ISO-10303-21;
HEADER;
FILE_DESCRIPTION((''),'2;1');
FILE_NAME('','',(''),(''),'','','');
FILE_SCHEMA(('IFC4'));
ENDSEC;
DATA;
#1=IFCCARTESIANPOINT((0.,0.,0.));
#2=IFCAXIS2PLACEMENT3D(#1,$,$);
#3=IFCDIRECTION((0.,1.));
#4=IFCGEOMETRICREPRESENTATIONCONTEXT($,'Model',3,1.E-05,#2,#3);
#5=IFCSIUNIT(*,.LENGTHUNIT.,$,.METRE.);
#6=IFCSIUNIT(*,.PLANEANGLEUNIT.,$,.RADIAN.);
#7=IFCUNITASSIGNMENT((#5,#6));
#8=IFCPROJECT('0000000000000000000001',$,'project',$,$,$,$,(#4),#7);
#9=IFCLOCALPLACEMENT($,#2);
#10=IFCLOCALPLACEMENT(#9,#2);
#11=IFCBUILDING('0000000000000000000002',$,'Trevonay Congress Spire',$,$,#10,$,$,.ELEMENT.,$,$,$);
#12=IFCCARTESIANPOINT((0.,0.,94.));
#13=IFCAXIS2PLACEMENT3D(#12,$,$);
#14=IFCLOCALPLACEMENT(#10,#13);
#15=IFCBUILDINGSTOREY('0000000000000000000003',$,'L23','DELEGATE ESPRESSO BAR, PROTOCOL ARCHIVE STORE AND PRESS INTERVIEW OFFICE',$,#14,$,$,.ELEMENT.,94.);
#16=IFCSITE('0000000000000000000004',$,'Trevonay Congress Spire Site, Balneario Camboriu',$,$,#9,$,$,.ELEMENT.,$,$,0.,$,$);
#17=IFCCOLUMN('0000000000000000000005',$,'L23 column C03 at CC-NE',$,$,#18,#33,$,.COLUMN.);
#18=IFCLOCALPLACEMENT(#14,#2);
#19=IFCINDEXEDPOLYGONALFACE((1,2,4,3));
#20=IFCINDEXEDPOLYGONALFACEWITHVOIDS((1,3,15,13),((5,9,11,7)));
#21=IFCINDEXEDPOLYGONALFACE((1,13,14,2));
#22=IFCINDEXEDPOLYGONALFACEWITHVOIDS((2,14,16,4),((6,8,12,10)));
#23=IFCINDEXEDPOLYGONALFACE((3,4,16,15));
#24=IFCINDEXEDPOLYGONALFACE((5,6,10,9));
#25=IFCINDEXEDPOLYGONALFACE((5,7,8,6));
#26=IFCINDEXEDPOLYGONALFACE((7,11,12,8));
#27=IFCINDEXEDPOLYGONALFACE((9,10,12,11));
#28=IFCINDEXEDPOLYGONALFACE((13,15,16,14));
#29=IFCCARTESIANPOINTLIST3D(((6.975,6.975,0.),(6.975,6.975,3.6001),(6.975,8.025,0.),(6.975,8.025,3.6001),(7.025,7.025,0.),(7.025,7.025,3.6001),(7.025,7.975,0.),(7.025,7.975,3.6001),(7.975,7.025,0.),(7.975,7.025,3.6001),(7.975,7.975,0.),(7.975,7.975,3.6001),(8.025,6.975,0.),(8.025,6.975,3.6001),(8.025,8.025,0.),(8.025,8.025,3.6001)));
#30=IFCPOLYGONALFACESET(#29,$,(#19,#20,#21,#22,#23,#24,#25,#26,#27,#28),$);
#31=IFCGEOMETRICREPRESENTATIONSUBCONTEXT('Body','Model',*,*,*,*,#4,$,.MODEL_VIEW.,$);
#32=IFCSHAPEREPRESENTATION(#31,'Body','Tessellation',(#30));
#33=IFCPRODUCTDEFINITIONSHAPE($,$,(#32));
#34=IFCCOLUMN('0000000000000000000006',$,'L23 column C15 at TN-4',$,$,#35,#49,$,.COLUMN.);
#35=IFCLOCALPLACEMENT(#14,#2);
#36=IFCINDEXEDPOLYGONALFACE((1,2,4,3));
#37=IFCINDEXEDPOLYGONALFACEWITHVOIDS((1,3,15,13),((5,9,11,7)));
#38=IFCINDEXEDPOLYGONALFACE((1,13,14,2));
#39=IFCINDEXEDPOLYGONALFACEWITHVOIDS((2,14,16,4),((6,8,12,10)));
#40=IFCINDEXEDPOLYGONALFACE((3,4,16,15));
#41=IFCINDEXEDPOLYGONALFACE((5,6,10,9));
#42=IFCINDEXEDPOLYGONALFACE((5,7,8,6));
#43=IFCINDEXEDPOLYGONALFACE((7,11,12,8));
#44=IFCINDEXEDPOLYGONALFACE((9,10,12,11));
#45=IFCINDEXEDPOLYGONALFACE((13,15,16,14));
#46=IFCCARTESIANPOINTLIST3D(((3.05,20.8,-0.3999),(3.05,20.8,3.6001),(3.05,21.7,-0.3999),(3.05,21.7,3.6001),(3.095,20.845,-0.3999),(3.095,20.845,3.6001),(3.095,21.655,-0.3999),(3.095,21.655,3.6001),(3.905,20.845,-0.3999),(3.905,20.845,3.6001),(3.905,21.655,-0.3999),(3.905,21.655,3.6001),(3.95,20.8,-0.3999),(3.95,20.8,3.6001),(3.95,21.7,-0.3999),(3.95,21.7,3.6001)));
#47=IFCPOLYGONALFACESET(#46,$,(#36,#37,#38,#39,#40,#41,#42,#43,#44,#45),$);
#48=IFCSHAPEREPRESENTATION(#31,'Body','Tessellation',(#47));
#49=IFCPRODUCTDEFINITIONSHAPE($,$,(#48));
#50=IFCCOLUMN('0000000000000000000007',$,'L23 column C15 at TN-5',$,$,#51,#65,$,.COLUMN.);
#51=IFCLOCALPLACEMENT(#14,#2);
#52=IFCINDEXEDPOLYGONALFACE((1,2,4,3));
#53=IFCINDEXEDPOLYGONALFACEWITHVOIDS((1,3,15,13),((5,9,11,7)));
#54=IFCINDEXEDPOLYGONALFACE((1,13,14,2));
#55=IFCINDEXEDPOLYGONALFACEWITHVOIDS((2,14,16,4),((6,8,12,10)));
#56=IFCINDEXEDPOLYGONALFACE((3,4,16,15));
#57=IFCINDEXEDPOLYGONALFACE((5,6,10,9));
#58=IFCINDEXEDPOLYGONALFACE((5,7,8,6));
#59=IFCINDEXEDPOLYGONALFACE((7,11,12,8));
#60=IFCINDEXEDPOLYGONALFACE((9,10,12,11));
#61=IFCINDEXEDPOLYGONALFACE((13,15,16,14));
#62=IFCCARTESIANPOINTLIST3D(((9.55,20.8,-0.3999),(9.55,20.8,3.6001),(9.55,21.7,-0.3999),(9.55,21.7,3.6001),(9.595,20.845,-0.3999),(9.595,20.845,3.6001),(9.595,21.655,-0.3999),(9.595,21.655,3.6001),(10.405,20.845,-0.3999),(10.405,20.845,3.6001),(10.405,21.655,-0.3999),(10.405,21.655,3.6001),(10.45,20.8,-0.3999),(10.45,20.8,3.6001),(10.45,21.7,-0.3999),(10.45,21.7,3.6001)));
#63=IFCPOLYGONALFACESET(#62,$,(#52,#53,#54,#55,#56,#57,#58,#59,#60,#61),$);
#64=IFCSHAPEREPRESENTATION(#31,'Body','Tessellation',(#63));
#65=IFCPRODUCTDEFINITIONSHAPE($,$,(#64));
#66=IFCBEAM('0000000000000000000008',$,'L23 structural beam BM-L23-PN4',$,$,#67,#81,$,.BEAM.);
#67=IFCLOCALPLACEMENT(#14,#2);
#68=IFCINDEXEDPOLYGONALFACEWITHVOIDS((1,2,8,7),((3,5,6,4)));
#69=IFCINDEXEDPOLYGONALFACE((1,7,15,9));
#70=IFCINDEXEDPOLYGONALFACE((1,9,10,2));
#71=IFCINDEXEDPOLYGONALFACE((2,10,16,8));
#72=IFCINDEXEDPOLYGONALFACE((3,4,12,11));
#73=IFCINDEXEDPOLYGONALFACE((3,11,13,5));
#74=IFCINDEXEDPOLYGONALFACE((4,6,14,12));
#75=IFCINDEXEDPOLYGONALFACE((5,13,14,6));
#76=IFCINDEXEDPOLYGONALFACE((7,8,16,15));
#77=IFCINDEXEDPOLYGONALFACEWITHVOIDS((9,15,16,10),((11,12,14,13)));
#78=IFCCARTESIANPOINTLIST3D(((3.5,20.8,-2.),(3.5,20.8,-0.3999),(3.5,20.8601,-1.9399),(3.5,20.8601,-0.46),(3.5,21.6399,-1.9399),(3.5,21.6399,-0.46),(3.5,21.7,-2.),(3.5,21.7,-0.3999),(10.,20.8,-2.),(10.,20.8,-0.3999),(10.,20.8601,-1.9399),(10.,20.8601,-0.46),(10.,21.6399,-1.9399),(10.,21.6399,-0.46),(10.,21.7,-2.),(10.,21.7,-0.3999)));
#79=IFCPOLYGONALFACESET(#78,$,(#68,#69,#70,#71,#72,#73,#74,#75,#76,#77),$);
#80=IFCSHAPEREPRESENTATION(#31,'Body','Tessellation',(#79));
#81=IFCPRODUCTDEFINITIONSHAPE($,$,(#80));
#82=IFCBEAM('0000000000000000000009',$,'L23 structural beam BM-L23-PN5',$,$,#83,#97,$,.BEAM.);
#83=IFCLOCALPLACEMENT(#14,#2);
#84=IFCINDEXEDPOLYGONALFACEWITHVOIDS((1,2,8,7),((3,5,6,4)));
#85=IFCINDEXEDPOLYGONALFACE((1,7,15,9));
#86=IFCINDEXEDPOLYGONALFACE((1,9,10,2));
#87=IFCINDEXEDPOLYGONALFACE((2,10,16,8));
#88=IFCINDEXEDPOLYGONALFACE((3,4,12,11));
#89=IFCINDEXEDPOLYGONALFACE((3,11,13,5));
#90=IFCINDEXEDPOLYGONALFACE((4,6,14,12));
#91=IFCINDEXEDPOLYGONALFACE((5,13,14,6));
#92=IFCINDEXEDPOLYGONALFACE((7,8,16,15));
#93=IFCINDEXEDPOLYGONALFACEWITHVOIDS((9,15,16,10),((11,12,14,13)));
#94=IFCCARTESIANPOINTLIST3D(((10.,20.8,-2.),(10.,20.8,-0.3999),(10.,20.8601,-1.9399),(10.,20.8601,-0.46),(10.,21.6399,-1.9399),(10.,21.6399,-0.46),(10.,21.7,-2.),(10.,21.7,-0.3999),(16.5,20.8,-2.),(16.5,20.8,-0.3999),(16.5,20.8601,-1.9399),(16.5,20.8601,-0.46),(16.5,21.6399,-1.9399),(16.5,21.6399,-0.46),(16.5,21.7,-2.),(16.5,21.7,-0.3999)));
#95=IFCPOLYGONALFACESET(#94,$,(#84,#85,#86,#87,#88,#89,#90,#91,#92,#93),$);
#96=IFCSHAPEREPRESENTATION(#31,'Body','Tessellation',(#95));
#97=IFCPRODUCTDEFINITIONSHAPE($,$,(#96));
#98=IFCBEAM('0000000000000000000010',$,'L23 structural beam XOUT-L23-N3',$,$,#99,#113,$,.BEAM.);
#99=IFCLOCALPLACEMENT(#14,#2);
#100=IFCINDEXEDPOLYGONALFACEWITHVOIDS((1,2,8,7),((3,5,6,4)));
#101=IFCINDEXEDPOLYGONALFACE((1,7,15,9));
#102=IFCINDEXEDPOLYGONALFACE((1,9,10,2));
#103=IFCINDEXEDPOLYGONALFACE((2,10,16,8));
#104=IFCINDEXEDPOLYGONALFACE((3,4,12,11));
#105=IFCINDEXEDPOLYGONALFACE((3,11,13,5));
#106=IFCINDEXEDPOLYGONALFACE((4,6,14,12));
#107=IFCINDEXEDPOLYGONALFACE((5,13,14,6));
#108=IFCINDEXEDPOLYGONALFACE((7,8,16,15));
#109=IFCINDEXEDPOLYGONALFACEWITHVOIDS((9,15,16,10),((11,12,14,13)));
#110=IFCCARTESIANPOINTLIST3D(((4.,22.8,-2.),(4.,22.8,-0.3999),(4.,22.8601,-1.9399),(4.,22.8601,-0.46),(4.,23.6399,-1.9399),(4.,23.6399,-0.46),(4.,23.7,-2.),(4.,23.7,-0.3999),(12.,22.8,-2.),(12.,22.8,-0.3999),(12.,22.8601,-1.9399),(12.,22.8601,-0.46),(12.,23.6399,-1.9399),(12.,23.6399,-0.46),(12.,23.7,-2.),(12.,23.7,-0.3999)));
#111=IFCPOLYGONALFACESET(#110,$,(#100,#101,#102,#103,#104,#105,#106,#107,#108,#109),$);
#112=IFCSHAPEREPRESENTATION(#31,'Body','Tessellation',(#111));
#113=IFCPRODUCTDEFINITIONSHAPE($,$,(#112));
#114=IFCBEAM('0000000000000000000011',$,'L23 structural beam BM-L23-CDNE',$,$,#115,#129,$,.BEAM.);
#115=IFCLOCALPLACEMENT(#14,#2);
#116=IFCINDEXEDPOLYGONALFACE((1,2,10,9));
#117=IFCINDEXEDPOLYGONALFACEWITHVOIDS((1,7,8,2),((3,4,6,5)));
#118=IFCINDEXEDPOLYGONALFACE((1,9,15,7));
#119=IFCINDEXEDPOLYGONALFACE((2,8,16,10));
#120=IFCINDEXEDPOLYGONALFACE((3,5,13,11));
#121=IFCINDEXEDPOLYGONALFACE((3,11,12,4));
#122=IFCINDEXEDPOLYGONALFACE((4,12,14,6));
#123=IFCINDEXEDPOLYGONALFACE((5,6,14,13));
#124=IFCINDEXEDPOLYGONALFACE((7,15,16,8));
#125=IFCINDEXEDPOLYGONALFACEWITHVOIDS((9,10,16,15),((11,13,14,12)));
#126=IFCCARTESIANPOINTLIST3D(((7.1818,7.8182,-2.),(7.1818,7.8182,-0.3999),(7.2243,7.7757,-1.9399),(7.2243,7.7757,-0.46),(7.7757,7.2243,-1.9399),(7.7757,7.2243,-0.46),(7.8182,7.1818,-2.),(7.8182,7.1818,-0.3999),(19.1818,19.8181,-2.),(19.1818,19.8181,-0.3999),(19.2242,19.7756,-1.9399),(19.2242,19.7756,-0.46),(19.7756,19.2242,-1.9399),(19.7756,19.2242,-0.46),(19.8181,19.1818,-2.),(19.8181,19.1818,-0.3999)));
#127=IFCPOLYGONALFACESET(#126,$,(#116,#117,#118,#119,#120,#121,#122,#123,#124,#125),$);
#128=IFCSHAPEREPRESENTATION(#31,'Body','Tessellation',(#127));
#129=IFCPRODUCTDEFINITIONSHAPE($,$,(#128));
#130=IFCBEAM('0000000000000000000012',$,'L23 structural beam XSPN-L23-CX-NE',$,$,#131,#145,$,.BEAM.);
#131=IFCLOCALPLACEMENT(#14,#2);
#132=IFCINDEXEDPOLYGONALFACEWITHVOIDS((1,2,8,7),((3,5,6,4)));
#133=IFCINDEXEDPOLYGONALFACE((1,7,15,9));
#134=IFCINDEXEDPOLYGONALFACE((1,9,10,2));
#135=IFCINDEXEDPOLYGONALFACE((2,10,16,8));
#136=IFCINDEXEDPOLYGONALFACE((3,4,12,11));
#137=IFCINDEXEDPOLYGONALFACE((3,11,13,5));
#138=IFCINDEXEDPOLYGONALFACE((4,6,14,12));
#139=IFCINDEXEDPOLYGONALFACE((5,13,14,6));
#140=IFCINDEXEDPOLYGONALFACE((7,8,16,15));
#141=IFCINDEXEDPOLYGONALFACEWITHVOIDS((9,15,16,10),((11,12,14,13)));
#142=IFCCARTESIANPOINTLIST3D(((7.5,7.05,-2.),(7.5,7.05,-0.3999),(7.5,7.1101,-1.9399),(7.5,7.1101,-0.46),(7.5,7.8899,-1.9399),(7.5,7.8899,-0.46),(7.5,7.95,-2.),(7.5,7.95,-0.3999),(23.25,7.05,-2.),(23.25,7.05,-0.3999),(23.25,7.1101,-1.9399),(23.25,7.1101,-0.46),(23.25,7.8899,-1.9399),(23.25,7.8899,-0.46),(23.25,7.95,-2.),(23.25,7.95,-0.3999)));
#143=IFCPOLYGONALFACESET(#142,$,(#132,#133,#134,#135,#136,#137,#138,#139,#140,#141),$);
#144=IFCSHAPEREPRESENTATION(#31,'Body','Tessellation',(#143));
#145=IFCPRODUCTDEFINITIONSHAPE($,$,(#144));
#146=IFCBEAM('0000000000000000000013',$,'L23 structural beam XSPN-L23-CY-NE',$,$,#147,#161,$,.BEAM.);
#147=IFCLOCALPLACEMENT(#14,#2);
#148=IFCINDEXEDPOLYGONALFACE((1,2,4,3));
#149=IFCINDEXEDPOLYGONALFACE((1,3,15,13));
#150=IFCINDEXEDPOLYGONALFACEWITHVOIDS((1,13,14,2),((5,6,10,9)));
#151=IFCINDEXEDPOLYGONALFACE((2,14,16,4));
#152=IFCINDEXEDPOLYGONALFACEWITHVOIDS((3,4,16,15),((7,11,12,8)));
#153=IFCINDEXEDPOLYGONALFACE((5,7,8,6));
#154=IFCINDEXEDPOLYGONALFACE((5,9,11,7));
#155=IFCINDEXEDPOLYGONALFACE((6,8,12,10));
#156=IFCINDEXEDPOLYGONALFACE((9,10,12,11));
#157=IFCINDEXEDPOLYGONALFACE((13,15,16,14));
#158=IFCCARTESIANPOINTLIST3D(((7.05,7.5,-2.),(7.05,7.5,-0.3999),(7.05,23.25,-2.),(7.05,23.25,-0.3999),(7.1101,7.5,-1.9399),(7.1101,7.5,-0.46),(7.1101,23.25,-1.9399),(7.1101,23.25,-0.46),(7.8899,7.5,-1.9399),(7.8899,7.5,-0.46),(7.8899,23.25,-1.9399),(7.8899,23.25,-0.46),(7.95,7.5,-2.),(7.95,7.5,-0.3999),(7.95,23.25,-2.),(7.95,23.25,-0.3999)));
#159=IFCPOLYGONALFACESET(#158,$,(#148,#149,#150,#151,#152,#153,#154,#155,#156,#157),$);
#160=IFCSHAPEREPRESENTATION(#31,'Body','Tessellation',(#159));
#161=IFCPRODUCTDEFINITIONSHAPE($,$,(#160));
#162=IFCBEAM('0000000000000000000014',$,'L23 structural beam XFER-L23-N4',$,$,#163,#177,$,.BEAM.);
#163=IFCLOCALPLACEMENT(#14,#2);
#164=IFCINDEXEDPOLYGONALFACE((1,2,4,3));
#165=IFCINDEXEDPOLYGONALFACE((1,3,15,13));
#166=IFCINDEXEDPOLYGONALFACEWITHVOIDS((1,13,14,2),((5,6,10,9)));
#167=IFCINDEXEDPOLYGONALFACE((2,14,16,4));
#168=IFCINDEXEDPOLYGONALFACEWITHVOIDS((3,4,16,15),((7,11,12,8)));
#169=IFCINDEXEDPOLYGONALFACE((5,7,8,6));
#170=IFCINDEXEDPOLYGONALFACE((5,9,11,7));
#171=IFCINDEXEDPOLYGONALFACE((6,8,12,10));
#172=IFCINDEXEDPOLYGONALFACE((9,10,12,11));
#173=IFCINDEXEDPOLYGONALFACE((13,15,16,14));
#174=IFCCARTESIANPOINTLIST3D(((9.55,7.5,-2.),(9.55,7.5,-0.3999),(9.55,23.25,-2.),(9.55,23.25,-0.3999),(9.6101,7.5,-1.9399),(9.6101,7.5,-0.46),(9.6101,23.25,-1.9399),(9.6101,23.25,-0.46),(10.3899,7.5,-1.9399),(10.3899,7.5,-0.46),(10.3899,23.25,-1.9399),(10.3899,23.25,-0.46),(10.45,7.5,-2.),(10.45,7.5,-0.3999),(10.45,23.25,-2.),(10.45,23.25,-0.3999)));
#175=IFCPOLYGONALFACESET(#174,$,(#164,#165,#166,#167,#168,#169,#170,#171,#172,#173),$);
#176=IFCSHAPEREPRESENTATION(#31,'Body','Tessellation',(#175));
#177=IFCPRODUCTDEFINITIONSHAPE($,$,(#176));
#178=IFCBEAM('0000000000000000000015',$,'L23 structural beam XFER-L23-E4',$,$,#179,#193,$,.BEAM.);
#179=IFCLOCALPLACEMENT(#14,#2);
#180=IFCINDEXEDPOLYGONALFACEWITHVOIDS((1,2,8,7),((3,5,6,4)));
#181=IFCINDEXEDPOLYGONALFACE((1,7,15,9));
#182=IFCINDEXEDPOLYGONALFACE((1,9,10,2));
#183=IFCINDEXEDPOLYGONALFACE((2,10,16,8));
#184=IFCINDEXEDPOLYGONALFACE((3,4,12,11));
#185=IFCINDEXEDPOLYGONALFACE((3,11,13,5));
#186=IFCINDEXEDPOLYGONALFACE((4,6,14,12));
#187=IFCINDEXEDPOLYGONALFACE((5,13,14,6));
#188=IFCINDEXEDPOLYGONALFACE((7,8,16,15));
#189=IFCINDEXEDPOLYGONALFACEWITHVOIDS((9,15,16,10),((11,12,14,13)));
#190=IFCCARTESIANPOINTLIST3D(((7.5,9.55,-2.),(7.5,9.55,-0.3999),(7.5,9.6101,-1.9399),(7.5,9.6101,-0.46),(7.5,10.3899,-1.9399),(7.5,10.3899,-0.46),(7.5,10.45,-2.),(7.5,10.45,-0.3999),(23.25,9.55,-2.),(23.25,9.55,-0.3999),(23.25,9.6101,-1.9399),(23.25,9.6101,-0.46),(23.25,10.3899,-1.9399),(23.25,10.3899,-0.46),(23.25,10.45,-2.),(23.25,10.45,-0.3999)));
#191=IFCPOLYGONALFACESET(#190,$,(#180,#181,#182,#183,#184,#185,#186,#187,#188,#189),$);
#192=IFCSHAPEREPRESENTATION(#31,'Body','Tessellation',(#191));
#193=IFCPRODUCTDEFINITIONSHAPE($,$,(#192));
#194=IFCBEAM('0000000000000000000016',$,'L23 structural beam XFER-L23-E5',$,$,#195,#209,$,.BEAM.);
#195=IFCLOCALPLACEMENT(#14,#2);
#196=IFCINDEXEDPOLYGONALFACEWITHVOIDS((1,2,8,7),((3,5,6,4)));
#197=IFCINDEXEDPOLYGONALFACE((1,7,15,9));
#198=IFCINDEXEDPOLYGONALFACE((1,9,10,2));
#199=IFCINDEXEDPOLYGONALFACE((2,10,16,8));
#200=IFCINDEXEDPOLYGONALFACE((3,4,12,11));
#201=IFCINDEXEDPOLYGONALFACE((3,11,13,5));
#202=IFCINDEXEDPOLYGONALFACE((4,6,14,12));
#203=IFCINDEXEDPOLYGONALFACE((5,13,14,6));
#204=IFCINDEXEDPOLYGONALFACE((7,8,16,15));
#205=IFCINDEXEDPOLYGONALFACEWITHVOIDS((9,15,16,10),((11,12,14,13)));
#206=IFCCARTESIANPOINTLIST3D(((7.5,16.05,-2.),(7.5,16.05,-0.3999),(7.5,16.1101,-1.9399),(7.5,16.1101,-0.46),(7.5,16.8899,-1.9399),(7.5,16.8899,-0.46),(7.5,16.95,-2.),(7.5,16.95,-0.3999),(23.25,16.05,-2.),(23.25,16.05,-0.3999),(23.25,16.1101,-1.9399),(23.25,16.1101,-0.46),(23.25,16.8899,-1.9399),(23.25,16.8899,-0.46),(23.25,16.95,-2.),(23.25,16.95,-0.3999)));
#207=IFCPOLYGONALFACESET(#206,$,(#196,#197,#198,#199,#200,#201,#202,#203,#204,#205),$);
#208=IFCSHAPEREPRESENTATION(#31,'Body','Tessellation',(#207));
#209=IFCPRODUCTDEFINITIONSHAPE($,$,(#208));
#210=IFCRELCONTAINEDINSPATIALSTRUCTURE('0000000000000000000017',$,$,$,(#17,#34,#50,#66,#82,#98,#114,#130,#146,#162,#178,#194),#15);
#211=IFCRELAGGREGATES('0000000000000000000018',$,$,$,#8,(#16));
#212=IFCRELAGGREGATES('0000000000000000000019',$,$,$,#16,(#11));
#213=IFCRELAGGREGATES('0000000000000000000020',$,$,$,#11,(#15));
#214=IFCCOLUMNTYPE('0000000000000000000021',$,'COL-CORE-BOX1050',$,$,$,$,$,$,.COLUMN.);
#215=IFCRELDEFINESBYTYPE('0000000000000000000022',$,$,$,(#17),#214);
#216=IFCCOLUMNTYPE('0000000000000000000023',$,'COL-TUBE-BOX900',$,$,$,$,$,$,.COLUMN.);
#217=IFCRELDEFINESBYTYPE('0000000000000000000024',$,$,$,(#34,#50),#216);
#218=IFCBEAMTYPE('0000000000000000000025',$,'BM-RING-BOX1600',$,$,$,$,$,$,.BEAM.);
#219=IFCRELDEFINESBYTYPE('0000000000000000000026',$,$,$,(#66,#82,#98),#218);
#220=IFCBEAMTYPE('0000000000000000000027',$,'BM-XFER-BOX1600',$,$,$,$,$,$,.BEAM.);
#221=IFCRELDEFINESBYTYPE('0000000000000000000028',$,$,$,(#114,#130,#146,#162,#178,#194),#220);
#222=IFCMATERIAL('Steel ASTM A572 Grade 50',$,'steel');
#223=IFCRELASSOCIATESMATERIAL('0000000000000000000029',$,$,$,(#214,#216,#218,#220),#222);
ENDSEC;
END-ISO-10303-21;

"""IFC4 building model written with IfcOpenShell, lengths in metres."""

from ifc_helpers import new_model, si_unit, direction, frame, origin, origin_2d, place, context, subcontext, project, spatial, hollow_rectangle, extrude, material, material_profile, profile_set, type_object, element, save


model = new_model("IFC4")

# Units and contexts
model_context = context("Model", 3, precision=1e-05, world=origin(), true_north=direction((0.0, 1.0)))
body_context = subcontext(model_context, "Body", "Model", "MODEL_VIEW")
ifc_project = project(units=[si_unit("LENGTHUNIT", "METRE"), si_unit("PLANEANGLEUNIT", "RADIAN")], contexts=[model_context])

# Site, building, storey
site_placement = place(None, origin())
site = spatial("IfcSite", under=ifc_project, at=site_placement, Name="Trevonay Congress Spire Site, Balneario Camboriu", CompositionType="ELEMENT", RefElevation=0.0)
building_placement = place(site_placement, origin())
building = spatial("IfcBuilding", under=site, at=building_placement, Name="Trevonay Congress Spire", CompositionType="ELEMENT")
storey_placement = place(building_placement, frame((0.0, 0.0, 94.0)))
storey = spatial("IfcBuildingStorey", under=building, at=storey_placement, Name="L23", Description="DELEGATE ESPRESSO BAR, PROTOCOL ARCHIVE STORE AND PRESS INTERVIEW OFFICE", CompositionType="ELEMENT", Elevation=94.0)

# Columns
ifc_material_1 = material(Name="Steel ASTM A572 Grade 50", Category="steel")
ifc_material_profile_1 = material_profile(ifc_material_1, hollow_rectangle(XDim=1.05, YDim=1.05, WallThickness=0.05, at=origin_2d()), Name="BOX 1050x1050x50")
ifc_profile_set_1 = profile_set([ifc_material_profile_1], Name="Steel ASTM A572 Grade 50")
column_type_1 = type_object("IfcColumnType", Name="COL-CORE-BOX1050", PredefinedType="COLUMN", material=ifc_profile_set_1)
column_placement = place(storey_placement, frame((7.5, 7.5, 0.0), z_axis=(0.0, 0.0, 1.0), x_axis=(1.0, 0.0, 0.0)))
element("IfcColumn", 1, at=column_placement, inside=storey, type_object=column_type_1, Name="L23 column C03 at CC-NE", PredefinedType="COLUMN", context=body_context, shape_type="SweptSolid", body=[
    extrude(hollow_rectangle(XDim=1.05, YDim=1.05, WallThickness=0.05, at=origin_2d()), origin(), (0.0, 0.0, 1.0), 3.6001),
])
ifc_material_profile_2 = material_profile(ifc_material_1, hollow_rectangle(XDim=0.8999, YDim=0.8999, WallThickness=0.0449, at=origin_2d()), Name="BOX 900x900x45")
ifc_profile_set_2 = profile_set([ifc_material_profile_2], Name="Steel ASTM A572 Grade 50")
column_type_2 = type_object("IfcColumnType", Name="COL-TUBE-BOX900", PredefinedType="COLUMN", material=ifc_profile_set_2)
for number, where, z_axis, x_axis, name in (
    (2, (3.5, 21.25, -0.3999), (0.0, 0.0, 1.0), (1.0, 0.0, 0.0), "L23 column C15 at TN-4"),
    (3, (10.0, 21.25, -0.3999), (0.0, 0.0, 1.0), (1.0, 0.0, 0.0), "L23 column C15 at TN-5"),
):
    element("IfcColumn", number, at=place(storey_placement, frame(where, z_axis=z_axis, x_axis=x_axis)), inside=storey, type_object=column_type_2, Name=name, PredefinedType="COLUMN", context=body_context, shape_type="SweptSolid", body=[
        extrude(hollow_rectangle(XDim=0.8999, YDim=0.8999, WallThickness=0.0449, at=origin_2d()), origin(), (0.0, 0.0, 1.0), 4.0),
    ])

# Beams
ifc_material_profile_3 = material_profile(ifc_material_1, hollow_rectangle(XDim=0.8999, YDim=1.6001, WallThickness=0.0601, at=origin_2d()), Name="BOX 1600x900x60")
ifc_profile_set_3 = profile_set([ifc_material_profile_3], Name="Steel ASTM A572 Grade 50")
beam_type_1 = type_object("IfcBeamType", Name="BM-RING-BOX1600", PredefinedType="BEAM", material=ifc_profile_set_3)
for number, where, z_axis, x_axis, name in (
    (4, (3.5, 21.25, -1.2), (1.0, 0.0, 0.0), (0.0, 1.0, 0.0), "L23 structural beam BM-L23-PN4"),
    (5, (10.0, 21.25, -1.2), (1.0, 0.0, 0.0), (0.0, 1.0, 0.0), "L23 structural beam BM-L23-PN5"),
):
    element("IfcBeam", number, at=place(storey_placement, frame(where, z_axis=z_axis, x_axis=x_axis)), inside=storey, type_object=beam_type_1, Name=name, PredefinedType="BEAM", context=body_context, shape_type="SweptSolid", body=[
        extrude(hollow_rectangle(XDim=0.8999, YDim=1.6001, WallThickness=0.0601, at=origin_2d()), origin(), (0.0, 0.0, 1.0), 6.5),
    ])
beam_1_placement = place(storey_placement, frame((4.0, 23.25, -1.2), z_axis=(1.0, 0.0, 0.0), x_axis=(0.0, 1.0, 0.0)))
element("IfcBeam", 6, at=beam_1_placement, inside=storey, type_object=beam_type_1, Name="L23 structural beam XOUT-L23-N3", PredefinedType="BEAM", context=body_context, shape_type="SweptSolid", body=[
    extrude(hollow_rectangle(XDim=0.8999, YDim=1.6001, WallThickness=0.0601, at=origin_2d()), origin(), (0.0, 0.0, 1.0), 8.0),
])
ifc_material_profile_4 = material_profile(ifc_material_1, hollow_rectangle(XDim=0.8999, YDim=1.6001, WallThickness=0.0601, at=origin_2d()), Name="BOX 1600x900x60")
ifc_profile_set_4 = profile_set([ifc_material_profile_4], Name="Steel ASTM A572 Grade 50")
beam_type_2 = type_object("IfcBeamType", Name="BM-XFER-BOX1600", PredefinedType="BEAM", material=ifc_profile_set_4)
beam_2_placement = place(storey_placement, frame((7.5, 7.5, -1.2), z_axis=(0.707107, 0.707107, 0.0), x_axis=(-0.707107, 0.707107, 0.0)))
element("IfcBeam", 7, at=beam_2_placement, inside=storey, type_object=beam_type_2, Name="L23 structural beam BM-L23-CDNE", PredefinedType="BEAM", context=body_context, shape_type="SweptSolid", body=[
    extrude(hollow_rectangle(XDim=0.8999, YDim=1.6001, WallThickness=0.0601, at=origin_2d()), origin(), (0.0, 0.0, 1.0), 16.9705),
])
for number, where, z_axis, x_axis, name in (
    (8, (7.5, 7.5, -1.2), (1.0, 0.0, 0.0), (0.0, 1.0, 0.0), "L23 structural beam XSPN-L23-CX-NE"),
    (9, (7.5, 7.5, -1.2), (0.0, 1.0, 0.0), (-1.0, 0.0, 0.0), "L23 structural beam XSPN-L23-CY-NE"),
    (10, (10.0, 7.5, -1.2), (0.0, 1.0, 0.0), (-1.0, 0.0, 0.0), "L23 structural beam XFER-L23-N4"),
    (11, (7.5, 10.0, -1.2), (1.0, 0.0, 0.0), (0.0, 1.0, 0.0), "L23 structural beam XFER-L23-E4"),
    (12, (7.5, 16.5, -1.2), (1.0, 0.0, 0.0), (0.0, 1.0, 0.0), "L23 structural beam XFER-L23-E5"),
):
    element("IfcBeam", number, at=place(storey_placement, frame(where, z_axis=z_axis, x_axis=x_axis)), inside=storey, type_object=beam_type_2, Name=name, PredefinedType="BEAM", context=body_context, shape_type="SweptSolid", body=[
        extrude(hollow_rectangle(XDim=0.8999, YDim=1.6001, WallThickness=0.0601, at=origin_2d()), origin(), (0.0, 0.0, 1.0), 15.75),
    ])

save(model, "model.ifc")
